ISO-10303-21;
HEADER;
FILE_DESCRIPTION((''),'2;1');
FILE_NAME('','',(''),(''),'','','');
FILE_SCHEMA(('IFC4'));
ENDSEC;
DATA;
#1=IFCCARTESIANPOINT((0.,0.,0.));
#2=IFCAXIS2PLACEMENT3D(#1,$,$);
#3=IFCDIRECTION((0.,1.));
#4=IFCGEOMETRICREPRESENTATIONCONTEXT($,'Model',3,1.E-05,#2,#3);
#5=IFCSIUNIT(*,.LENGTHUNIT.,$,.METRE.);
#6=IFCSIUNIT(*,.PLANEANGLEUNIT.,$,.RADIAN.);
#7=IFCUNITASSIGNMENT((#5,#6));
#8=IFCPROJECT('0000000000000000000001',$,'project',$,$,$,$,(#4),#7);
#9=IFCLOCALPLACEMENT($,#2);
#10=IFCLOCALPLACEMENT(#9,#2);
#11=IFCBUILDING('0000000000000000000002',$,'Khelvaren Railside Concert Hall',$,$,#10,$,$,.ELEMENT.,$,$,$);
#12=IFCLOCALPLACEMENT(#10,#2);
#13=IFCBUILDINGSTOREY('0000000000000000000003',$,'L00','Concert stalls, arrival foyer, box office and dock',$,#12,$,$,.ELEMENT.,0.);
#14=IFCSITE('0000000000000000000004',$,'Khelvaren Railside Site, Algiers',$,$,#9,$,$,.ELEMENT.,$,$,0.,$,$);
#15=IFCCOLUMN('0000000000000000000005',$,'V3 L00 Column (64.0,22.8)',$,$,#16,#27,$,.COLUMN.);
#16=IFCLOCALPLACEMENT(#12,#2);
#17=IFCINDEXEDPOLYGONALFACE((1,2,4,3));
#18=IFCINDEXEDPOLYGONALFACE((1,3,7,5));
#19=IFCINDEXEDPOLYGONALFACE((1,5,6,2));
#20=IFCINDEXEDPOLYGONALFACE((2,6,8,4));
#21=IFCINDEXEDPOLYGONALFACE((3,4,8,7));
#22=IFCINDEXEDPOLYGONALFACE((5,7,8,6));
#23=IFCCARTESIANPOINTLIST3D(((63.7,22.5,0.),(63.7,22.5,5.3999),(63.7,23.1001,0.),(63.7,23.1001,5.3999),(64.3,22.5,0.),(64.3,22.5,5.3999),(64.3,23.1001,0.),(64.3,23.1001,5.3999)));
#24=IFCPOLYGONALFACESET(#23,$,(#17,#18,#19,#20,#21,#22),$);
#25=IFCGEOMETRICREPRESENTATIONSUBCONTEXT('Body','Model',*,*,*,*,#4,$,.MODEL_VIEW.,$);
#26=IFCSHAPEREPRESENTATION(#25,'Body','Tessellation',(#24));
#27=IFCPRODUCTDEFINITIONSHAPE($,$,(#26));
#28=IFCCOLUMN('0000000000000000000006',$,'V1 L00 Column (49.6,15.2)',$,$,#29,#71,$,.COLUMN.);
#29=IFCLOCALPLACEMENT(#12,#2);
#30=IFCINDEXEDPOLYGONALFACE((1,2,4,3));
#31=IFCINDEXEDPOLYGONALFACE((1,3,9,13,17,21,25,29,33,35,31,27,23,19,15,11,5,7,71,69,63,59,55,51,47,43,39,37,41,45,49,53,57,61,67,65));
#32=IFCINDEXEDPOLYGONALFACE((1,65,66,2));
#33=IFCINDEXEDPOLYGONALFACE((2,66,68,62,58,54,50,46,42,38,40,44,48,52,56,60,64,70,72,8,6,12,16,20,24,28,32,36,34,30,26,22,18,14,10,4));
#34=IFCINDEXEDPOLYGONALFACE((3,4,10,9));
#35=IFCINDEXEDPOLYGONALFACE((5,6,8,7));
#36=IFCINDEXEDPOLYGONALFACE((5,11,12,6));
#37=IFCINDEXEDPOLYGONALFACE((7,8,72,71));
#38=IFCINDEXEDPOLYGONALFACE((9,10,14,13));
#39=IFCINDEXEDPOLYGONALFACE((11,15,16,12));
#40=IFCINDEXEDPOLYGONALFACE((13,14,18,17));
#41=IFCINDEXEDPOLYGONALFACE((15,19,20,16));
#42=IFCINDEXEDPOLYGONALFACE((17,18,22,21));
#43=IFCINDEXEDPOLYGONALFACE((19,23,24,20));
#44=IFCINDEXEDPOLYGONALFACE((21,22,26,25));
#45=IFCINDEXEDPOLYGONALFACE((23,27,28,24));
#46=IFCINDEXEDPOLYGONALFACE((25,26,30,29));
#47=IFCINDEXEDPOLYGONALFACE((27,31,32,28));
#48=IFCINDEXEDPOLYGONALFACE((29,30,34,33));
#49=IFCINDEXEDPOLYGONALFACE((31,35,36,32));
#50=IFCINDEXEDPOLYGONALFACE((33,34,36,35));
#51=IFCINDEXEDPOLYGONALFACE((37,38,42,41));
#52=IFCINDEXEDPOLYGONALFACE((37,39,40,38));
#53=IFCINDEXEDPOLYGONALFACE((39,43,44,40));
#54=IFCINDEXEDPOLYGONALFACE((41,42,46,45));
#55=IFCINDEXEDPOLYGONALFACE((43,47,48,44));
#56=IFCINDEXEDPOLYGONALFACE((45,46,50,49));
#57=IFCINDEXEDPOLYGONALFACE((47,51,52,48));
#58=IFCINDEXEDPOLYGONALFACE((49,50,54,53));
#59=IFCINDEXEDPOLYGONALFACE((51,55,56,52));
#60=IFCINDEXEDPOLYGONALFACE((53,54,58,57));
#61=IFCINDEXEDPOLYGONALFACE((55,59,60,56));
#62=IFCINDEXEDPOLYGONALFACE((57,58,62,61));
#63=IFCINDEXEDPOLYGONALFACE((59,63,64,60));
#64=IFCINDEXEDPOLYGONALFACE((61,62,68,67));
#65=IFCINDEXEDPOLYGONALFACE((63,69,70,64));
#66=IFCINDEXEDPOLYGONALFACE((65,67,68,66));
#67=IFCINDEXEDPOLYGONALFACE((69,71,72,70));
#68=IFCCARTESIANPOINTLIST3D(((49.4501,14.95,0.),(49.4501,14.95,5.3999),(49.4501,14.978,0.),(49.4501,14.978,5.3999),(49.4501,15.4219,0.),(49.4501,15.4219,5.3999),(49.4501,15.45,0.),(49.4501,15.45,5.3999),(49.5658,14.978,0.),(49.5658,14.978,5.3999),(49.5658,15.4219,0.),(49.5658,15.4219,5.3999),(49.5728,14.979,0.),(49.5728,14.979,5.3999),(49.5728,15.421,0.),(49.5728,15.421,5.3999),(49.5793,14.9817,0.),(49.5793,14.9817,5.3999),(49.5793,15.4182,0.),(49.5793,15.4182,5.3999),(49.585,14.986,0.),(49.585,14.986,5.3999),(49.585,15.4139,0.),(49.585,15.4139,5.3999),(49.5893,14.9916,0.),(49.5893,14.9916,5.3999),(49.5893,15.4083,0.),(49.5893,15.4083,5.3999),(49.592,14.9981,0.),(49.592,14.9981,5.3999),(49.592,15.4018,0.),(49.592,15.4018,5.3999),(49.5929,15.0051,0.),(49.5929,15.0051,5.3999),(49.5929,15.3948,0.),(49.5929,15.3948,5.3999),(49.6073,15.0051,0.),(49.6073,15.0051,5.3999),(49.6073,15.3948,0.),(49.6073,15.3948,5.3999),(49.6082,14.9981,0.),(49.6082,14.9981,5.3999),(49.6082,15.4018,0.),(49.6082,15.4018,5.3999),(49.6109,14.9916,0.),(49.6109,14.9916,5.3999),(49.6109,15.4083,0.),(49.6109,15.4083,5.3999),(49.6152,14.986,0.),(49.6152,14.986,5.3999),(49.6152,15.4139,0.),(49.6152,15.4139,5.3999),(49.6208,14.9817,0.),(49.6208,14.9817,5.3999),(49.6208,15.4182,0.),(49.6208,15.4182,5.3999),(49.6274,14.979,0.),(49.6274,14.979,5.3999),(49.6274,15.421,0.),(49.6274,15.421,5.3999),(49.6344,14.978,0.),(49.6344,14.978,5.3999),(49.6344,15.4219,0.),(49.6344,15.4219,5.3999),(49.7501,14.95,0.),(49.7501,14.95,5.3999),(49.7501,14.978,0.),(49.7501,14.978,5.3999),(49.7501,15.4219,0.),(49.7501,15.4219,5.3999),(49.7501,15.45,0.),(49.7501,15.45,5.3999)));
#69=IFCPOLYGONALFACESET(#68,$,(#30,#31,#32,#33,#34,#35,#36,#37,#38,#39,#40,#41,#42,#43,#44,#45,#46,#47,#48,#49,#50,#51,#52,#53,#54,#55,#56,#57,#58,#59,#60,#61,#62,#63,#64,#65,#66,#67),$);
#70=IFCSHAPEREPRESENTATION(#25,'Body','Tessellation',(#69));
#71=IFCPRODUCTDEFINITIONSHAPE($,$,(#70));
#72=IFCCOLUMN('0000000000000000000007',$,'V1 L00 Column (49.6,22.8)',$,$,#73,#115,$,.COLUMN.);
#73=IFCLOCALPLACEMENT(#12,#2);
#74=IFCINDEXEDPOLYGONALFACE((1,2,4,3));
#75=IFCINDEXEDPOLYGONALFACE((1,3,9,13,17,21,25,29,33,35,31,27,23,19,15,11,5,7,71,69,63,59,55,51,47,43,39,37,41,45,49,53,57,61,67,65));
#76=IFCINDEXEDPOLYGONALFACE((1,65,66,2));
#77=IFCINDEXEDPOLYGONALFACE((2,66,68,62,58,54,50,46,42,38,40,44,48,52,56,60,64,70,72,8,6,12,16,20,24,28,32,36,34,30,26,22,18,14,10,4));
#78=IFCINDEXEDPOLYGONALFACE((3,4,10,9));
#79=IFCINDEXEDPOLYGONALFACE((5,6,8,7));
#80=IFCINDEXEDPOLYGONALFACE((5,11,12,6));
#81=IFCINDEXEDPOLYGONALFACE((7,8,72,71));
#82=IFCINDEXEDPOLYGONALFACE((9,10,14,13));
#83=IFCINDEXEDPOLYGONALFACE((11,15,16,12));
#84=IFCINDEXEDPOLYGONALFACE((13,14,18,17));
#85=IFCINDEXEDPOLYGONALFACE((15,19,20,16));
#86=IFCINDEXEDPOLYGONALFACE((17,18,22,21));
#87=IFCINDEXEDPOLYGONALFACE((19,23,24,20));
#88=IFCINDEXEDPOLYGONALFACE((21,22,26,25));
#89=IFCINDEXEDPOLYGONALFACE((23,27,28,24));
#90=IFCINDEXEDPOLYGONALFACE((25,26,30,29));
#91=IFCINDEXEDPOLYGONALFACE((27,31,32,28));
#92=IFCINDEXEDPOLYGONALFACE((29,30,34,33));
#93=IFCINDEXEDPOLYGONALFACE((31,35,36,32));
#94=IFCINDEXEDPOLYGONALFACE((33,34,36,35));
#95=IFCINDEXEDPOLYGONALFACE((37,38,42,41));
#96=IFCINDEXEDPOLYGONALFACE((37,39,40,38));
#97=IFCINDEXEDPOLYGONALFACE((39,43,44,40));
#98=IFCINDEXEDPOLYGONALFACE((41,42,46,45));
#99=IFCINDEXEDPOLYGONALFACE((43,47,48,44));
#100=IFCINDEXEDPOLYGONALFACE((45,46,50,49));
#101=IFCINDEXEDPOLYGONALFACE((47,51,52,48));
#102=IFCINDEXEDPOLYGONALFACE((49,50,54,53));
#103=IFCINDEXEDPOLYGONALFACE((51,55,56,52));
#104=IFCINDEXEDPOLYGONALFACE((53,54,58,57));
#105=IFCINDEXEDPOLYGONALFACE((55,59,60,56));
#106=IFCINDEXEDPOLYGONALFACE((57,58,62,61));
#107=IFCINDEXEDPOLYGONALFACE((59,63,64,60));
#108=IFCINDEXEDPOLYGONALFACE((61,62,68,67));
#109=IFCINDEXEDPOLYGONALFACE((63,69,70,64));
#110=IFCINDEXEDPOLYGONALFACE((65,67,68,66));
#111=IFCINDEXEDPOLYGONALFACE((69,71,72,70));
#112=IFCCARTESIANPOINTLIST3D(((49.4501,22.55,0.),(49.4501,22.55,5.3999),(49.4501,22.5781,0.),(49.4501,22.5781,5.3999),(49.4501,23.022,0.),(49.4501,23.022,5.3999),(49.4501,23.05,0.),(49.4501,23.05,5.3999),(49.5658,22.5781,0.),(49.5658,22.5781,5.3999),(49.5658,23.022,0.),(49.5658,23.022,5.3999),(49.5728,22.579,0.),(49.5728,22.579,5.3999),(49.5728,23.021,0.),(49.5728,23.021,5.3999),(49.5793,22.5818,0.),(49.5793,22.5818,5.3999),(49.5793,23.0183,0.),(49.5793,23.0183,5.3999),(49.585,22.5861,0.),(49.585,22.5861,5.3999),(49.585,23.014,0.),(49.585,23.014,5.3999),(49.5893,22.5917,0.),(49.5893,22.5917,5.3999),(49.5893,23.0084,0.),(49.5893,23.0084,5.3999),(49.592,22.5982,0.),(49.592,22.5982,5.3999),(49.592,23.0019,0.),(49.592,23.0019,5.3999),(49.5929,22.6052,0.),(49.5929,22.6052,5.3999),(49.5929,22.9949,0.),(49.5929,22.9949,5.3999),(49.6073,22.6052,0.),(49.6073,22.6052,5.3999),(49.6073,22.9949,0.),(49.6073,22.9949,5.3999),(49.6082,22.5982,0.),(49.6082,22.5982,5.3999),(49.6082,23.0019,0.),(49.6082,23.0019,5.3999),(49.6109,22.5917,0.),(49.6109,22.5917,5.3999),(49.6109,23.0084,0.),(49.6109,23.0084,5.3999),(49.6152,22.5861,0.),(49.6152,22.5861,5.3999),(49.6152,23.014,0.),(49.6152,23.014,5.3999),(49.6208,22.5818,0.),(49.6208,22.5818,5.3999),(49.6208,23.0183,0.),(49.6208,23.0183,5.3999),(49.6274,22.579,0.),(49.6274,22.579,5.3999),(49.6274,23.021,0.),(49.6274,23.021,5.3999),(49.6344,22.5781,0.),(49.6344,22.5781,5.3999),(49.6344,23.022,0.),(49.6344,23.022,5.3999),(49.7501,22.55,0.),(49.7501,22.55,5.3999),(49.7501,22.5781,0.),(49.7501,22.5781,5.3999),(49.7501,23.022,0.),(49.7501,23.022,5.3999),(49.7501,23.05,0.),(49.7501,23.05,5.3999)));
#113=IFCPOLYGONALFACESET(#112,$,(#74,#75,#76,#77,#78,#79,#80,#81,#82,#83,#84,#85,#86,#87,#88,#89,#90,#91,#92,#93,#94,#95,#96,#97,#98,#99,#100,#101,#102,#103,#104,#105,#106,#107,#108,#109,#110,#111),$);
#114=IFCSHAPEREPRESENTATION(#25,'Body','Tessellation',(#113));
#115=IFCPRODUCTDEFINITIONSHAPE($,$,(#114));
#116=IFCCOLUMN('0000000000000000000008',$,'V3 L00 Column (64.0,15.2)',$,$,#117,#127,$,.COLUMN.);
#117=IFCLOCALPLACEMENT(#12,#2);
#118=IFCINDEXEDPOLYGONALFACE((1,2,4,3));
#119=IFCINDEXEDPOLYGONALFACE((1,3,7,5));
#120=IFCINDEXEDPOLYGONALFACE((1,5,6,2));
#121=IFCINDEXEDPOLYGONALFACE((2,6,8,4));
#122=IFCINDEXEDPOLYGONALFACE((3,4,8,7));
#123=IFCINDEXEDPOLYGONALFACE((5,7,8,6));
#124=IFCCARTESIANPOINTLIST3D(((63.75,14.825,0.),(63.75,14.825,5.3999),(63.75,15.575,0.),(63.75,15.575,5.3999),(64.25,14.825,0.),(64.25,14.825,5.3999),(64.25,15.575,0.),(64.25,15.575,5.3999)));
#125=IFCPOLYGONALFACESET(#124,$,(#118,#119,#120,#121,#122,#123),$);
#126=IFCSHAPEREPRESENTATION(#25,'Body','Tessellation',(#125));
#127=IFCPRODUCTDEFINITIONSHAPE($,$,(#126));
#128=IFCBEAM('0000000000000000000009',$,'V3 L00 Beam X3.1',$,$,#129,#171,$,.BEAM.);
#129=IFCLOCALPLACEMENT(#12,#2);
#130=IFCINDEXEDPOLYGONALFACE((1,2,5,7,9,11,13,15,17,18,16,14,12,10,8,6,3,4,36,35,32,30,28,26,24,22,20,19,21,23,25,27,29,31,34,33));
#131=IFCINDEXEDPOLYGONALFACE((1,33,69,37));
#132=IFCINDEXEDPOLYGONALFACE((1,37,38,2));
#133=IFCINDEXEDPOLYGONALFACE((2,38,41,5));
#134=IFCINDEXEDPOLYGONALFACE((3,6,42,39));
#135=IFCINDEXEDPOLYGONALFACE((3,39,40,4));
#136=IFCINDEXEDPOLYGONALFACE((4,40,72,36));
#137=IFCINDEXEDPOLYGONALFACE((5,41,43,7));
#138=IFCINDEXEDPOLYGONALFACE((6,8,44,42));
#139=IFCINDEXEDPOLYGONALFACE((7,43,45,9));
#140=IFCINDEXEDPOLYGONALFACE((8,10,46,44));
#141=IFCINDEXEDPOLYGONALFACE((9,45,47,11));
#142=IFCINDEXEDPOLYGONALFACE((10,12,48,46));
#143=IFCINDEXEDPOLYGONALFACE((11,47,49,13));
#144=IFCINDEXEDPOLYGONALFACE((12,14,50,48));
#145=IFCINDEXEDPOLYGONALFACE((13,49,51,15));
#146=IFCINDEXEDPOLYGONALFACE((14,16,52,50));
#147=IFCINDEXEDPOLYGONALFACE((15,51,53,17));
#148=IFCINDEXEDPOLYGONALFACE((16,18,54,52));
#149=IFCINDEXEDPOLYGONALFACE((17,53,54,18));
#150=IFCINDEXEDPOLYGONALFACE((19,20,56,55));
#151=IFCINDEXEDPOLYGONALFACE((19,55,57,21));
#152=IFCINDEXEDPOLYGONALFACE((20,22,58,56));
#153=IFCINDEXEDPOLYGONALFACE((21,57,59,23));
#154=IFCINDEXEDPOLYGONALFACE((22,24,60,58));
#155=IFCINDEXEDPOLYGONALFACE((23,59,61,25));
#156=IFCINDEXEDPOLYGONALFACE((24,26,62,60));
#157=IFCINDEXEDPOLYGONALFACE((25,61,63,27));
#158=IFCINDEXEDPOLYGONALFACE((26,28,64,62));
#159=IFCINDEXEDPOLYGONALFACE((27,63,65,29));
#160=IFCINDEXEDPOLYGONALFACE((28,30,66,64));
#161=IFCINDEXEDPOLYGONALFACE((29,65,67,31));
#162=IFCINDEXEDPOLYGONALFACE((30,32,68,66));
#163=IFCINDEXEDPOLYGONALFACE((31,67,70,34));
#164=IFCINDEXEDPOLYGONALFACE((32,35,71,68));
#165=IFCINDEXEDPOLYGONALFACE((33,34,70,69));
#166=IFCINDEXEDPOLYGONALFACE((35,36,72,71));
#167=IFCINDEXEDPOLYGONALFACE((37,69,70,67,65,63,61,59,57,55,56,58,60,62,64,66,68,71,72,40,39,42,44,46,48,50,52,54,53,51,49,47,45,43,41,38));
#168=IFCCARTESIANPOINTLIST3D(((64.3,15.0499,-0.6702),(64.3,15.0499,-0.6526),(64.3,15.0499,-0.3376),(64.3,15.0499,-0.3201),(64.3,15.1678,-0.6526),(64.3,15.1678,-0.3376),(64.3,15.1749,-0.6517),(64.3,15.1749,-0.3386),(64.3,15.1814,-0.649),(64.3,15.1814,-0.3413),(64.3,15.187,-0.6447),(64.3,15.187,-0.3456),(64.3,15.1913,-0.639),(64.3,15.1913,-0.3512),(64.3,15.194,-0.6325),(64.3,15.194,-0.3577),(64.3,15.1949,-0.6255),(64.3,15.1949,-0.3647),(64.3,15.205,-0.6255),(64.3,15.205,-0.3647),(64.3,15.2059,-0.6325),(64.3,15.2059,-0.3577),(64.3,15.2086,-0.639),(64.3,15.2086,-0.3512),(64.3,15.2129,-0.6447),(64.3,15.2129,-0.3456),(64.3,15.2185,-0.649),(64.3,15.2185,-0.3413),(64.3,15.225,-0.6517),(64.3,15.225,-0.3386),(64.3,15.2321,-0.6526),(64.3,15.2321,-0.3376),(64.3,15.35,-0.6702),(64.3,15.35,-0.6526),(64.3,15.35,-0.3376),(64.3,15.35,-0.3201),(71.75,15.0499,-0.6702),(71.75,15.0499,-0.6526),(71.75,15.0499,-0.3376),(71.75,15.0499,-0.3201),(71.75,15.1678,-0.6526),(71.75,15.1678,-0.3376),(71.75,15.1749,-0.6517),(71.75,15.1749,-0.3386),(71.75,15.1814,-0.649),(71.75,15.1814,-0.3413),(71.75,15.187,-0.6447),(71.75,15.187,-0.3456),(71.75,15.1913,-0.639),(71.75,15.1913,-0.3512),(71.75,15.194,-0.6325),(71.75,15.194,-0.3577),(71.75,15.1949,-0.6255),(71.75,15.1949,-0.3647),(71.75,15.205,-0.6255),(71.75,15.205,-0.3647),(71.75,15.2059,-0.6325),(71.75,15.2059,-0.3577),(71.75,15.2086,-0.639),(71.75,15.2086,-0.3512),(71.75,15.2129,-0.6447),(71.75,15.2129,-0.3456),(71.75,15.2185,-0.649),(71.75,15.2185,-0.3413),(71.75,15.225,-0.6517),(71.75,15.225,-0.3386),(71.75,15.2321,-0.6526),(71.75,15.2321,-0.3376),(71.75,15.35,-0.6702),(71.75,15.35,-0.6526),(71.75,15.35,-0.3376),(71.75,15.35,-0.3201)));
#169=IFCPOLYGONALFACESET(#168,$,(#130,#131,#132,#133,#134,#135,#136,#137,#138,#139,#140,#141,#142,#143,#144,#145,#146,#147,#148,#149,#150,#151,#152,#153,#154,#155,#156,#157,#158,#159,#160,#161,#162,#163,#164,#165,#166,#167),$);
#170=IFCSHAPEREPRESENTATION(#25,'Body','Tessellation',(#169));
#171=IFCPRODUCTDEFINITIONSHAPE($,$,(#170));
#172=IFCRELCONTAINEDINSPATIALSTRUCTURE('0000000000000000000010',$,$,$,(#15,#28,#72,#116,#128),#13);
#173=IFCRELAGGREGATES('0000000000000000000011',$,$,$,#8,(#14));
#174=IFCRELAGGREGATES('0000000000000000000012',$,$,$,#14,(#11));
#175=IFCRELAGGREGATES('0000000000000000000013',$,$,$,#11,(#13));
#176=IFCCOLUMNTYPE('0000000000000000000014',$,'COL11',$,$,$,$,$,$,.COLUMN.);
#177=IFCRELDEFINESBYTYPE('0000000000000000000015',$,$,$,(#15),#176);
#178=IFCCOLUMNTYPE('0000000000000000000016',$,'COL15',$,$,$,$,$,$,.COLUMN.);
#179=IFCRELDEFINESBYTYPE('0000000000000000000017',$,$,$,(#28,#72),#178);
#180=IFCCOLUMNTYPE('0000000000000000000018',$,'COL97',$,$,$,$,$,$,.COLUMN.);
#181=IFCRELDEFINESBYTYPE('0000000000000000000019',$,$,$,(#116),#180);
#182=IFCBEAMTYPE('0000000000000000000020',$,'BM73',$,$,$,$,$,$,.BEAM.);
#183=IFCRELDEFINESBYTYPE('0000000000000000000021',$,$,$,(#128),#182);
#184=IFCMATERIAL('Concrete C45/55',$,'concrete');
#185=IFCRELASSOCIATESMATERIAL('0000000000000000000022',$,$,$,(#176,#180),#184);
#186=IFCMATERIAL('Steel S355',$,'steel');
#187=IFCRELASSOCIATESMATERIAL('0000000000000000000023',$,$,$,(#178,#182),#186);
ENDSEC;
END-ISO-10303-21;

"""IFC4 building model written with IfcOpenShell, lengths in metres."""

from ifc_helpers import new_model, si_unit, direction, frame, origin, origin_2d, place, context, subcontext, project, spatial, rectangle, i_section, extrude, material, material_profile, profile_set, type_object, element, save


model = new_model("IFC4")

# Units and contexts
model_context = context("Model", 3, precision=1e-05, world=origin(), true_north=direction((0.0, 1.0)))
body_context = subcontext(model_context, "Body", "Model", "MODEL_VIEW")
ifc_project = project(units=[si_unit("LENGTHUNIT", "METRE"), si_unit("PLANEANGLEUNIT", "RADIAN")], contexts=[model_context])

# Site, building, storey
site_placement = place(None, origin())
site = spatial("IfcSite", under=ifc_project, at=site_placement, Name="Khelvaren Railside Site, Algiers", CompositionType="ELEMENT", RefElevation=0.0)
building_placement = place(site_placement, origin())
building = spatial("IfcBuilding", under=site, at=building_placement, Name="Khelvaren Railside Concert Hall", CompositionType="ELEMENT")
storey_placement = place(building_placement, origin())
storey = spatial("IfcBuildingStorey", under=building, at=storey_placement, Name="L00", Description="Concert stalls, arrival foyer, box office and dock", CompositionType="ELEMENT", Elevation=0.0)

# Columns
ifc_material_1 = material(Name="Concrete C45/55", Category="concrete")
ifc_material_profile_1 = material_profile(ifc_material_1, rectangle(XDim=0.6001, YDim=0.6001, at=origin_2d()), Name="RC 600x600")
ifc_profile_set_1 = profile_set([ifc_material_profile_1], Name="Concrete C45/55")
column_type_1 = type_object("IfcColumnType", Name="COL11", PredefinedType="COLUMN", material=ifc_profile_set_1)
column_1_placement = place(storey_placement, frame((64.0, 22.8, 0.0), z_axis=(0.0, 0.0, 1.0), x_axis=(1.0, 0.0, 0.0)))
element("IfcColumn", 1, at=column_1_placement, inside=storey, type_object=column_type_1, Name="V3 L00 Column (64.0,22.8)", PredefinedType="COLUMN", context=body_context, shape_type="SweptSolid", body=[
    extrude(rectangle(XDim=0.6001, YDim=0.6001, at=origin_2d()), origin(), (0.0, 0.0, 1.0), 5.3999),
])
ifc_material_2 = material(Name="Steel S355", Category="steel")
ifc_material_profile_2 = material_profile(ifc_material_2, i_section(OverallWidth=0.3, OverallDepth=0.5, WebThickness=0.0144, FlangeThickness=0.0281, FilletRadius=0.0271, at=origin_2d()), Name="HEB 500")
ifc_profile_set_2 = profile_set([ifc_material_profile_2], Name="Steel S355")
column_type_2 = type_object("IfcColumnType", Name="COL15", PredefinedType="COLUMN", material=ifc_profile_set_2)
for number, where, z_axis, x_axis, name in (
    (2, (49.6001, 15.2, 0.0), (0.0, 0.0, 1.0), (1.0, 0.0, 0.0), "V1 L00 Column (49.6,15.2)"),
    (3, (49.6001, 22.8, 0.0), (0.0, 0.0, 1.0), (1.0, 0.0, 0.0), "V1 L00 Column (49.6,22.8)"),
):
    element("IfcColumn", number, at=place(storey_placement, frame(where, z_axis=z_axis, x_axis=x_axis)), inside=storey, type_object=column_type_2, Name=name, PredefinedType="COLUMN", context=body_context, shape_type="SweptSolid", body=[
        extrude(i_section(OverallWidth=0.3, OverallDepth=0.5, WebThickness=0.0144, FlangeThickness=0.0281, FilletRadius=0.0271, at=origin_2d()), origin(), (0.0, 0.0, 1.0), 5.3999),
    ])
ifc_material_profile_3 = material_profile(ifc_material_1, rectangle(XDim=0.5, YDim=0.75, at=origin_2d()), Name="RC 500x750")
ifc_profile_set_3 = profile_set([ifc_material_profile_3], Name="Concrete C45/55")
column_type_3 = type_object("IfcColumnType", Name="COL97", PredefinedType="COLUMN", material=ifc_profile_set_3)
column_2_placement = place(storey_placement, frame((64.0, 15.2, 0.0), z_axis=(0.0, 0.0, 1.0), x_axis=(1.0, 0.0, 0.0)))
element("IfcColumn", 4, at=column_2_placement, inside=storey, type_object=column_type_3, Name="V3 L00 Column (64.0,15.2)", PredefinedType="COLUMN", context=body_context, shape_type="SweptSolid", body=[
    extrude(rectangle(XDim=0.5, YDim=0.75, at=origin_2d()), origin(), (0.0, 0.0, 1.0), 5.3999),
])

# Beam
ifc_material_profile_4 = material_profile(ifc_material_2, i_section(OverallWidth=0.3, OverallDepth=0.3501, WebThickness=0.01, FlangeThickness=0.0176, FilletRadius=0.0271, at=origin_2d()), Name="HEA 360")
ifc_profile_set_4 = profile_set([ifc_material_profile_4], Name="Steel S355")
beam_type_1 = type_object("IfcBeamType", Name="BM73", PredefinedType="BEAM", material=ifc_profile_set_4)
beam_1_placement = place(storey_placement, frame((64.3, 15.2, -0.4951), z_axis=(1.0, 0.0, 0.0), x_axis=(0.0, 1.0, 0.0)))
element("IfcBeam", 5, at=beam_1_placement, inside=storey, type_object=beam_type_1, Name="V3 L00 Beam X3.1", PredefinedType="BEAM", context=body_context, shape_type="SweptSolid", body=[
    extrude(i_section(OverallWidth=0.3, OverallDepth=0.3501, WebThickness=0.01, FlangeThickness=0.0176, FilletRadius=0.0271, at=origin_2d()), origin(), (0.0, 0.0, 1.0), 7.45),
])

save(model, "model.ifc")
